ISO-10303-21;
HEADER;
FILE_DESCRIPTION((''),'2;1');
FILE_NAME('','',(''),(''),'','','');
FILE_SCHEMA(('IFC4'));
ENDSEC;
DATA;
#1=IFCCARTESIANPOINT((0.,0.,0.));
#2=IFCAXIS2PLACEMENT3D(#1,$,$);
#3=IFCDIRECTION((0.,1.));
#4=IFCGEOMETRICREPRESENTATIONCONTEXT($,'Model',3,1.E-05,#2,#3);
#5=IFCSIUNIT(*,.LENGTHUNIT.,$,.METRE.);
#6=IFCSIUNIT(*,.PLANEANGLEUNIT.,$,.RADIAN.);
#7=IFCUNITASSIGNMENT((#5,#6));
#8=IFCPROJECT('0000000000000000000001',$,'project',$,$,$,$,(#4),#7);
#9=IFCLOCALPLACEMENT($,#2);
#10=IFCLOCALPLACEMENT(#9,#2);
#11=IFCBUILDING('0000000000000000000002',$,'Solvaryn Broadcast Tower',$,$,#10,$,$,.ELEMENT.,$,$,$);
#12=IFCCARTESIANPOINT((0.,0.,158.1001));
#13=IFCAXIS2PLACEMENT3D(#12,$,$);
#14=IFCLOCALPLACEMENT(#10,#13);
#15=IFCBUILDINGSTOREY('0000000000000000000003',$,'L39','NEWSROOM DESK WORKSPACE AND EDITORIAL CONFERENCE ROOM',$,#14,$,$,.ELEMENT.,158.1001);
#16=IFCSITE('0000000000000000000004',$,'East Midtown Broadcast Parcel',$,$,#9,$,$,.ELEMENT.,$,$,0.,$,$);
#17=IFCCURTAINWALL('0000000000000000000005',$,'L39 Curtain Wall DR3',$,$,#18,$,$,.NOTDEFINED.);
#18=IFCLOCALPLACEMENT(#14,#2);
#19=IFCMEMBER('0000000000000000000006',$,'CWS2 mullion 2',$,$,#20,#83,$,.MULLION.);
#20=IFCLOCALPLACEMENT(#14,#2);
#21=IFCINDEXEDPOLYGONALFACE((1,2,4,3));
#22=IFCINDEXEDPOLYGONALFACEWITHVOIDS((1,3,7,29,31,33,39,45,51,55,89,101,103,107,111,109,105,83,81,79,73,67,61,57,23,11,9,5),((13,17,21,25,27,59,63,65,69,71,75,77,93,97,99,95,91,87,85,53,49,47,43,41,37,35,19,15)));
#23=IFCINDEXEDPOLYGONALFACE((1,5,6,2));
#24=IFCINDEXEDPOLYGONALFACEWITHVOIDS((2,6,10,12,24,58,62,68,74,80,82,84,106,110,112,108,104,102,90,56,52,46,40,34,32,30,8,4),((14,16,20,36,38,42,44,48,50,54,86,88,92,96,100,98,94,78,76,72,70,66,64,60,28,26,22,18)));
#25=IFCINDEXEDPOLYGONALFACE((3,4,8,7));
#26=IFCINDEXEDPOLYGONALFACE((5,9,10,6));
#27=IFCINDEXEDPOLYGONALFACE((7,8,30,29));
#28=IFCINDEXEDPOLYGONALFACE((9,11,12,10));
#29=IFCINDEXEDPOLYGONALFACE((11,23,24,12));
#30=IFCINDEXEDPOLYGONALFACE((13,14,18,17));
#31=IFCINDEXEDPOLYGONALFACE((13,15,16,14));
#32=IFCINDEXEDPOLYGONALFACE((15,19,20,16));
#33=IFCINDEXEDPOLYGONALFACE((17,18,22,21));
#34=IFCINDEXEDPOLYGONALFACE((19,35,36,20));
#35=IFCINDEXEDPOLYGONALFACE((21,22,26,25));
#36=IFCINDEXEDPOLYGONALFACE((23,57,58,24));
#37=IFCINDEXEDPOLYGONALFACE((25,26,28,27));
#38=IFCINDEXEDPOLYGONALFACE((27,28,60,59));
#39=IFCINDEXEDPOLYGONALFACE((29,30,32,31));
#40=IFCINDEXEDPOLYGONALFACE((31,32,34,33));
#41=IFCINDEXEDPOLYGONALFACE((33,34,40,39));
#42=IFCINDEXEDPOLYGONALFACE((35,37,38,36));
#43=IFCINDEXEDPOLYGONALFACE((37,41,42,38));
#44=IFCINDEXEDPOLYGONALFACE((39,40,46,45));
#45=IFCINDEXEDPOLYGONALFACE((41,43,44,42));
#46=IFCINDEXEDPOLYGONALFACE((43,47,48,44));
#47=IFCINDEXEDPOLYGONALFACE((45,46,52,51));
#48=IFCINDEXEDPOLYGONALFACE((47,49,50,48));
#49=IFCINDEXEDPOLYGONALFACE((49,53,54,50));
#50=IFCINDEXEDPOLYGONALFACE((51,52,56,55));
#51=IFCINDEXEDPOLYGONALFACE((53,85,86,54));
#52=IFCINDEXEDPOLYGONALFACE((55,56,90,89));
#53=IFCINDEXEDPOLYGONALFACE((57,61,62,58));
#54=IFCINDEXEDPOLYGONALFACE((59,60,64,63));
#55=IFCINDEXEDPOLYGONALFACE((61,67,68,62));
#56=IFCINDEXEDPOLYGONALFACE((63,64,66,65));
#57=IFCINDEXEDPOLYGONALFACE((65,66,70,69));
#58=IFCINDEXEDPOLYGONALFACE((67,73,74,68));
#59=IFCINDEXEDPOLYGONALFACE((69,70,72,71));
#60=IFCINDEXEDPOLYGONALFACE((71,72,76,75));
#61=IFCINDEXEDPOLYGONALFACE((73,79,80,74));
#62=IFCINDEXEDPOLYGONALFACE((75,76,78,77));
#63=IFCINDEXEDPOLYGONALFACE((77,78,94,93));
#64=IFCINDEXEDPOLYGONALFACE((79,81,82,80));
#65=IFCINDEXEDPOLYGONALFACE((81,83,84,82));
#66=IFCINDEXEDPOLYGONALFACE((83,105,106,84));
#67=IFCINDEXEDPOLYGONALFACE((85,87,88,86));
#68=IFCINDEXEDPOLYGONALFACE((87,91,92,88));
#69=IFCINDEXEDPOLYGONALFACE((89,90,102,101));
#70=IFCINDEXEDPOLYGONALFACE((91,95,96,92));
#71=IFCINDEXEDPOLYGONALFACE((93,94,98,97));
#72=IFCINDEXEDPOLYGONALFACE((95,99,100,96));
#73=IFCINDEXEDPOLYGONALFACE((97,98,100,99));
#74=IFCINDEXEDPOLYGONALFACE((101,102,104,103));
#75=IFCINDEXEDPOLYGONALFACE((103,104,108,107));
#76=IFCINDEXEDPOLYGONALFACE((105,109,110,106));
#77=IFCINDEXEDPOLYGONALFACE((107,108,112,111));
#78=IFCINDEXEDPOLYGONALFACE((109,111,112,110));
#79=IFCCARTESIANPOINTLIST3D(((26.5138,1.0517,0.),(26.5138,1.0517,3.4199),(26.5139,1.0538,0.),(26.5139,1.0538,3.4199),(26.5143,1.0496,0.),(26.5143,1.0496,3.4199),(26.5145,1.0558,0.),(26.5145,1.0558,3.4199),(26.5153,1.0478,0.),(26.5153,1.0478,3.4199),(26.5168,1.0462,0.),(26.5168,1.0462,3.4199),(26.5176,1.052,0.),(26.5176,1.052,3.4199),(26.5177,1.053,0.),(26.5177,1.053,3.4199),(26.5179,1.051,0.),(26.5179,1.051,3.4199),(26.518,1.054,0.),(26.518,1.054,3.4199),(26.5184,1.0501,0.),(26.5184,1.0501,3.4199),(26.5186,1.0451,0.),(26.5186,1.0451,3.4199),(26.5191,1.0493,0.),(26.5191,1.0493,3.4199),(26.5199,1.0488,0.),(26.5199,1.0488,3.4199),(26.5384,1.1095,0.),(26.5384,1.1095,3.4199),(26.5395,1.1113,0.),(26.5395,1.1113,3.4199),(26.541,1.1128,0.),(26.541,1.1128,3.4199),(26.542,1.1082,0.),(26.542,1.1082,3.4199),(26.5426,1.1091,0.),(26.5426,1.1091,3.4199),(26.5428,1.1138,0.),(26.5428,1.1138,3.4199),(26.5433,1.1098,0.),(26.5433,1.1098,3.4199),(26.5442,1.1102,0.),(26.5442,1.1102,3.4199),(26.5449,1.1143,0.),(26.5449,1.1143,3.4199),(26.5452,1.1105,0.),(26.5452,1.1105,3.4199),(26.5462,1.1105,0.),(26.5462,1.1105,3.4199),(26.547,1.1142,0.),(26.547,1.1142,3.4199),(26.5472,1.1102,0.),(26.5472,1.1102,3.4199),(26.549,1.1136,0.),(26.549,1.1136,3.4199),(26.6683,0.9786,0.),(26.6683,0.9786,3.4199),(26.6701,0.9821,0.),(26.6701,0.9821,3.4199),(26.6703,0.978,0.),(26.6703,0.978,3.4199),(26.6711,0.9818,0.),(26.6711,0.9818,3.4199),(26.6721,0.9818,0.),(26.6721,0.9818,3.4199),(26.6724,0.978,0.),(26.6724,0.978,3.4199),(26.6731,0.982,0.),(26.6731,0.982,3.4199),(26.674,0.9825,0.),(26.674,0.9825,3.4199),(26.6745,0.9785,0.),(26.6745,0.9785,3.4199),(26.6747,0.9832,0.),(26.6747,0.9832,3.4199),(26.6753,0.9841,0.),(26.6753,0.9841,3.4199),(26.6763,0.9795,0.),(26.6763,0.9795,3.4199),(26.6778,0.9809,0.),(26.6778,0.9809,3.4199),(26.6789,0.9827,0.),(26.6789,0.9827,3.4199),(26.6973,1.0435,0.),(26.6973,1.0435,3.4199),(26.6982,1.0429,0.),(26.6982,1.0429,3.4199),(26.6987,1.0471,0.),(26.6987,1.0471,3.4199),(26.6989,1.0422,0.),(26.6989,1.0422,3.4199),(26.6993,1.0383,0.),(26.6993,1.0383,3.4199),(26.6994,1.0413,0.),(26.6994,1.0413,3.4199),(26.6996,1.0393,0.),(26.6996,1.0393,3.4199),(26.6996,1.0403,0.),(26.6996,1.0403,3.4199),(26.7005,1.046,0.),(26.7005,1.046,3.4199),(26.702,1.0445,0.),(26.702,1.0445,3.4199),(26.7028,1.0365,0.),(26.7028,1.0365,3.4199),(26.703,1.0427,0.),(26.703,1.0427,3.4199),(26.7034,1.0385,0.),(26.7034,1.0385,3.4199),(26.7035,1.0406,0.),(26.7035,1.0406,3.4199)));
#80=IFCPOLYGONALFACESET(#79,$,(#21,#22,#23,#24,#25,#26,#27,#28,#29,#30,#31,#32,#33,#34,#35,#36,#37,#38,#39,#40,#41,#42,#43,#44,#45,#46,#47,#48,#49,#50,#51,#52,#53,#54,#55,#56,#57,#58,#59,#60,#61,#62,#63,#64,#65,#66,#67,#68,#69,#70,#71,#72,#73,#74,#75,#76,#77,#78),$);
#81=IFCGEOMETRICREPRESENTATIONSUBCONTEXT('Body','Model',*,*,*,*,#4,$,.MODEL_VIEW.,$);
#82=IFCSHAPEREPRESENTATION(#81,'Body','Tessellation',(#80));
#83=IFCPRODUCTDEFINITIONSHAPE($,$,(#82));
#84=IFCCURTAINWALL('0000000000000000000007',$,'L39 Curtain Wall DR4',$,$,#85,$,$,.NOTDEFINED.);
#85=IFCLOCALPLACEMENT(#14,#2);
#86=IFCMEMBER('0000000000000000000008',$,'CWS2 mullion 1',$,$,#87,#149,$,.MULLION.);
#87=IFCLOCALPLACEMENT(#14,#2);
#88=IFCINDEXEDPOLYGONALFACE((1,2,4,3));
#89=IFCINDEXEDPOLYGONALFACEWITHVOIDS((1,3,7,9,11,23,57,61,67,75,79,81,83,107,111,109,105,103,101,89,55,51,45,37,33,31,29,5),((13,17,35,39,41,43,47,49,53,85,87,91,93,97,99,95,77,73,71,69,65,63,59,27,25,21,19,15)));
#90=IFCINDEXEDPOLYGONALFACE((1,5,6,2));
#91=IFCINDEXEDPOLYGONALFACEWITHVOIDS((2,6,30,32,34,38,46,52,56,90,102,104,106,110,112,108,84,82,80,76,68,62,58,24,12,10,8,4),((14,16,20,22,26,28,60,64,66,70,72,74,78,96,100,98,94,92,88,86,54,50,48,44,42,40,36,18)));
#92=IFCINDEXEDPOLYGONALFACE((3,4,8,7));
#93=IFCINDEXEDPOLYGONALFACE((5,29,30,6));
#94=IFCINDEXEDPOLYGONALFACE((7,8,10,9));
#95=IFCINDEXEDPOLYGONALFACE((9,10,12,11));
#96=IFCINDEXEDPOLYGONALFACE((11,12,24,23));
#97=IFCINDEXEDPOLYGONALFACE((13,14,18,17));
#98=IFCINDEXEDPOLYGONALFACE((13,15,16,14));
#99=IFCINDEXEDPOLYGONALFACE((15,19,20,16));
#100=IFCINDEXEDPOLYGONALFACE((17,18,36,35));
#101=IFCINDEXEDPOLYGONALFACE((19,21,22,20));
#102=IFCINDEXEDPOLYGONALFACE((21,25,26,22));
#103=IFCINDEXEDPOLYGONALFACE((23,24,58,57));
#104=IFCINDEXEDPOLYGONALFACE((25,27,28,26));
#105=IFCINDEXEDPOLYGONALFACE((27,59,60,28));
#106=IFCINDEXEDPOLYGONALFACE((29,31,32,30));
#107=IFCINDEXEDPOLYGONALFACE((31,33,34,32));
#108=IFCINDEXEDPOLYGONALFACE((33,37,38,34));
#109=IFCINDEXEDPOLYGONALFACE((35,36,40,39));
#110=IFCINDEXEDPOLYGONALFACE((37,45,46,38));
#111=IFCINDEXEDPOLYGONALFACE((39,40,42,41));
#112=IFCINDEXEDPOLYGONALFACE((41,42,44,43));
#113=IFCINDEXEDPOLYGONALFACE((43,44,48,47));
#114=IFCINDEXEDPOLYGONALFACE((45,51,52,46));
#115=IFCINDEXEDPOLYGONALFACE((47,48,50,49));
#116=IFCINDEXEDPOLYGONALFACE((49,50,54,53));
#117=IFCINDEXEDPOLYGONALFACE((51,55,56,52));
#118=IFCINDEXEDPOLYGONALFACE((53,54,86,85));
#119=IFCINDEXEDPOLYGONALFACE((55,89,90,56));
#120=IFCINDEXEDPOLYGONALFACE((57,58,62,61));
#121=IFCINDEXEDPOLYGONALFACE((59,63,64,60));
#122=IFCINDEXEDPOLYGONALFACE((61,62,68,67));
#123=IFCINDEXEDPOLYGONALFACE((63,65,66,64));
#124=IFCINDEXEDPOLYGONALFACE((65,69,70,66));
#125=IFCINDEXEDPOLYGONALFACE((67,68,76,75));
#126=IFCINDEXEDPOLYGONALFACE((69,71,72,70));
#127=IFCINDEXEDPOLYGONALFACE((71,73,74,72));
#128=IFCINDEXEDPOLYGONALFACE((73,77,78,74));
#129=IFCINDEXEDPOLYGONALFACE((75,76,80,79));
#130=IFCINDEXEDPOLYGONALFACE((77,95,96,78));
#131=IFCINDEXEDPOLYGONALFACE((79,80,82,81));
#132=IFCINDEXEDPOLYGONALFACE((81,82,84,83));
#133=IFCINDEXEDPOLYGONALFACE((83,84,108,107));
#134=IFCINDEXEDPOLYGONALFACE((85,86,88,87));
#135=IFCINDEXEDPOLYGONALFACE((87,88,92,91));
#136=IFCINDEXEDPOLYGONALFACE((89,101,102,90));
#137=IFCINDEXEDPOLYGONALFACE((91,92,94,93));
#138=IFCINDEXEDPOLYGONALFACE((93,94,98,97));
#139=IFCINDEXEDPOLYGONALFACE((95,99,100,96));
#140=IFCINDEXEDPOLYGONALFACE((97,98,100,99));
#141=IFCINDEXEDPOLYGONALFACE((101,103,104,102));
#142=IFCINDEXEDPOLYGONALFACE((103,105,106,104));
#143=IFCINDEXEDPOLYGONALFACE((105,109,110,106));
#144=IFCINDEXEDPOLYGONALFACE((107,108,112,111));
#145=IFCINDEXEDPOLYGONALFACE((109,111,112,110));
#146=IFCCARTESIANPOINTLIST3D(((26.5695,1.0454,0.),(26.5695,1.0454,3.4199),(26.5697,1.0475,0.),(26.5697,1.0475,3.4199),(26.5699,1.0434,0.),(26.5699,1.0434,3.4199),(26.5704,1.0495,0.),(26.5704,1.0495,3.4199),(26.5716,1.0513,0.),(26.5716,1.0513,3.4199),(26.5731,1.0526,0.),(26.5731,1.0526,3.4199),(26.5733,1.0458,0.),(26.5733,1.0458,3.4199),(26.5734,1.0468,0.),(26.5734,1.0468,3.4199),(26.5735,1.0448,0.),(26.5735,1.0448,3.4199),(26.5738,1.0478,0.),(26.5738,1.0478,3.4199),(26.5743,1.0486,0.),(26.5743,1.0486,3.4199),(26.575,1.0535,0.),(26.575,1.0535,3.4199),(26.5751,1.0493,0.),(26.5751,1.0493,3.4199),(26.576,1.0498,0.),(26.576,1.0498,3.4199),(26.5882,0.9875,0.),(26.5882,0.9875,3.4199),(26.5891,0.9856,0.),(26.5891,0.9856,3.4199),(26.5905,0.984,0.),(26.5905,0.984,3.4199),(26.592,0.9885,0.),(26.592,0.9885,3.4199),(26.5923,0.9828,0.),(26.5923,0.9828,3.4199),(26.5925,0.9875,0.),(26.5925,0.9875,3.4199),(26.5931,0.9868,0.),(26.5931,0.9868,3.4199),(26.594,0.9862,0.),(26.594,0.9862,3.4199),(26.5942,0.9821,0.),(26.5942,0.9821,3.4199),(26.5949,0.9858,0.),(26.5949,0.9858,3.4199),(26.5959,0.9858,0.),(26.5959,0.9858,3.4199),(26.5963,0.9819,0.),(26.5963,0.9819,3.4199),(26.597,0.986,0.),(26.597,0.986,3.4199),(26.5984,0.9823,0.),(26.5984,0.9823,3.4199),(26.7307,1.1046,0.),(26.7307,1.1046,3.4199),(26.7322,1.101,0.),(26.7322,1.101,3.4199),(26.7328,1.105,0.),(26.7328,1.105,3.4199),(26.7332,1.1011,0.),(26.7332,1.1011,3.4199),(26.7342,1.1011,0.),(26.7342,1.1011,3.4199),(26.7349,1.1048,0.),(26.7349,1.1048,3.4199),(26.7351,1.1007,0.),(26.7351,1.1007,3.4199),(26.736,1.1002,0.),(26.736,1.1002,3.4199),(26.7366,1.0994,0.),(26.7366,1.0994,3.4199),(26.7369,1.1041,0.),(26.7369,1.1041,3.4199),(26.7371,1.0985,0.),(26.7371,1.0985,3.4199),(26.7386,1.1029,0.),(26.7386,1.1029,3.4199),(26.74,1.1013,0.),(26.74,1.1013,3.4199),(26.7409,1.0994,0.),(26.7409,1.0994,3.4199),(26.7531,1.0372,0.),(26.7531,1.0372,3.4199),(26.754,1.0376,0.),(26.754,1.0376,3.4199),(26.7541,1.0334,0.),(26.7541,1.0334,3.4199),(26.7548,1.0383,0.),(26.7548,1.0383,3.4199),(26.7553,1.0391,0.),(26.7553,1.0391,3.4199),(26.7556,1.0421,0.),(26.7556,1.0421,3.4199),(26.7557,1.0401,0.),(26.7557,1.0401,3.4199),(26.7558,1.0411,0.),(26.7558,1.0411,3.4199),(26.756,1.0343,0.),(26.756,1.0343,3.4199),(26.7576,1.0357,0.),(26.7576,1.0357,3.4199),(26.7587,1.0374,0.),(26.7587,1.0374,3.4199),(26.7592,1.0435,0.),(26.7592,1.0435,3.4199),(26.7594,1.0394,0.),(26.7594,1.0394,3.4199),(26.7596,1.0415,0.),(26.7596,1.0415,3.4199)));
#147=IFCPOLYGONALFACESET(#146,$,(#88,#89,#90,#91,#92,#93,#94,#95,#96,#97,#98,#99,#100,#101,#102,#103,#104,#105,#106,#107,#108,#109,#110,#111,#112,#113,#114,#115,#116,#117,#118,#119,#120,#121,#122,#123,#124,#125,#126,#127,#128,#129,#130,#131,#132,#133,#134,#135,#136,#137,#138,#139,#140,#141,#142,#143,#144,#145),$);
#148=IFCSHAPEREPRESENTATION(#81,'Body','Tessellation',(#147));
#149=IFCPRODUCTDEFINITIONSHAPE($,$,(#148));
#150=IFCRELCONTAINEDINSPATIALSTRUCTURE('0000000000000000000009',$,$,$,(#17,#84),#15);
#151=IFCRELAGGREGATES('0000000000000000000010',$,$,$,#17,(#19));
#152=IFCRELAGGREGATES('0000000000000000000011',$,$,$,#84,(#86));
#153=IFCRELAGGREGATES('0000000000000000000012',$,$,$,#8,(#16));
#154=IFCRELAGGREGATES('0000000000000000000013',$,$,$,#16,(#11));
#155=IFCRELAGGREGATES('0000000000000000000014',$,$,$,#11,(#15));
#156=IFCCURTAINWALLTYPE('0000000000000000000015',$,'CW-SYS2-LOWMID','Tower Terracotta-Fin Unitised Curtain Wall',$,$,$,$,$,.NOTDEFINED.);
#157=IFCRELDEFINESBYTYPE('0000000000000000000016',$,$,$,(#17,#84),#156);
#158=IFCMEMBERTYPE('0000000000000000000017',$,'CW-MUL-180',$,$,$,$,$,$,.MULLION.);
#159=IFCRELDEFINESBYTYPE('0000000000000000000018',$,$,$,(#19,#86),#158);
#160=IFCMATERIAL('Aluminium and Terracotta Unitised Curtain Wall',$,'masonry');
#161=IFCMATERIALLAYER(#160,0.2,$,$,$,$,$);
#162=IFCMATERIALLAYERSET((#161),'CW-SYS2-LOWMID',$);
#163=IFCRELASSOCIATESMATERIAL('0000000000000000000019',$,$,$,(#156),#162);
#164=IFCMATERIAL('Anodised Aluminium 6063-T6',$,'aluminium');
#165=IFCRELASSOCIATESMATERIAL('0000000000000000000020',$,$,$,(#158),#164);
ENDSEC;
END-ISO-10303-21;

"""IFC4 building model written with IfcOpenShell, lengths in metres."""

from ifc_helpers import new_model, si_unit, direction, frame, origin, origin_2d, place, context, subcontext, project, spatial, hollow_rectangle, extrude, material, layer, layer_set, material_profile, profile_set, type_object, element, aggregate, save


model = new_model("IFC4")

# Units and contexts
model_context = context("Model", 3, precision=1e-05, world=origin(), true_north=direction((0.0, 1.0)))
body_context = subcontext(model_context, "Body", "Model", "MODEL_VIEW")
ifc_project = project(units=[si_unit("LENGTHUNIT", "METRE"), si_unit("PLANEANGLEUNIT", "RADIAN")], contexts=[model_context])

# Site, building, storey
site_placement = place(None, origin())
site = spatial("IfcSite", under=ifc_project, at=site_placement, Name="East Midtown Broadcast Parcel", CompositionType="ELEMENT", RefElevation=0.0)
building_placement = place(site_placement, origin())
building = spatial("IfcBuilding", under=site, at=building_placement, Name="Solvaryn Broadcast Tower", CompositionType="ELEMENT")
storey_placement = place(building_placement, frame((0.0, 0.0, 158.1001)))
storey = spatial("IfcBuildingStorey", under=building, at=storey_placement, Name="L39", Description="NEWSROOM DESK WORKSPACE AND EDITORIAL CONFERENCE ROOM", CompositionType="ELEMENT", Elevation=158.1001)

# Curtain wall, member
ifc_material_1 = material(Name="Aluminium and Terracotta Unitised Curtain Wall", Category="masonry")
ifc_layer_1 = layer(ifc_material_1, 0.2)
ifc_layer_set_1 = layer_set([ifc_layer_1], Name="CW-SYS2-LOWMID")
curtain_wall_type = type_object("IfcCurtainWallType", Name="CW-SYS2-LOWMID", Description="Tower Terracotta-Fin Unitised Curtain Wall", PredefinedType="NOTDEFINED", material=ifc_layer_set_1)
curtain_wall_1_placement = place(storey_placement, origin())
curtain_wall_1 = element("IfcCurtainWall", 1, at=curtain_wall_1_placement, inside=storey, type_object=curtain_wall_type, Name="L39 Curtain Wall DR3", PredefinedType="NOTDEFINED")
ifc_material_2 = material(Name="Anodised Aluminium 6063-T6", Category="aluminium")
ifc_material_profile_1 = material_profile(ifc_material_2, hollow_rectangle(XDim=0.075, YDim=0.1799, WallThickness=0.0039, InnerFilletRadius=0.0039, OuterFilletRadius=0.0081, at=origin_2d()))
ifc_profile_set_1 = profile_set([ifc_material_profile_1], Name="Anodised Aluminium 6063-T6")
member_type_1 = type_object("IfcMemberType", Name="CW-MUL-180", PredefinedType="MULLION", material=ifc_profile_set_1)
member_1_placement = place(storey_placement, frame((26.6086, 1.0461, 0.0), z_axis=(0.0, 0.0, 1.0), x_axis=(0.405918, 0.913909, 0.0)))
member_1 = element("IfcMember", 2, at=member_1_placement, type_object=member_type_1, Name="CWS2 mullion 2", PredefinedType="MULLION", context=body_context, shape_type="SweptSolid", body=[
    extrude(hollow_rectangle(XDim=0.075, YDim=0.1799, WallThickness=0.0039, InnerFilletRadius=0.0039, OuterFilletRadius=0.0081, at=origin_2d()), origin(), (0.0, 0.0, 1.0), 3.4199),
])
aggregate(curtain_wall_1, [member_1])

# Curtain wall, member
curtain_wall_2_placement = place(storey_placement, origin())
curtain_wall_2 = element("IfcCurtainWall", 3, at=curtain_wall_2_placement, inside=storey, type_object=curtain_wall_type, Name="L39 Curtain Wall DR4", PredefinedType="NOTDEFINED")
member_2_placement = place(storey_placement, frame((26.6646, 1.0435, 0.0), z_axis=(0.0, 0.0, 1.0), x_axis=(-0.311646, 0.950198, 0.0)))
member_2 = element("IfcMember", 4, at=member_2_placement, type_object=member_type_1, Name="CWS2 mullion 1", PredefinedType="MULLION", context=body_context, shape_type="SweptSolid", body=[
    extrude(hollow_rectangle(XDim=0.075, YDim=0.1799, WallThickness=0.0039, InnerFilletRadius=0.0039, OuterFilletRadius=0.0081, at=origin_2d()), origin(), (0.0, 0.0, 1.0), 3.4199),
])
aggregate(curtain_wall_2, [member_2])

save(model, "model.ifc")
